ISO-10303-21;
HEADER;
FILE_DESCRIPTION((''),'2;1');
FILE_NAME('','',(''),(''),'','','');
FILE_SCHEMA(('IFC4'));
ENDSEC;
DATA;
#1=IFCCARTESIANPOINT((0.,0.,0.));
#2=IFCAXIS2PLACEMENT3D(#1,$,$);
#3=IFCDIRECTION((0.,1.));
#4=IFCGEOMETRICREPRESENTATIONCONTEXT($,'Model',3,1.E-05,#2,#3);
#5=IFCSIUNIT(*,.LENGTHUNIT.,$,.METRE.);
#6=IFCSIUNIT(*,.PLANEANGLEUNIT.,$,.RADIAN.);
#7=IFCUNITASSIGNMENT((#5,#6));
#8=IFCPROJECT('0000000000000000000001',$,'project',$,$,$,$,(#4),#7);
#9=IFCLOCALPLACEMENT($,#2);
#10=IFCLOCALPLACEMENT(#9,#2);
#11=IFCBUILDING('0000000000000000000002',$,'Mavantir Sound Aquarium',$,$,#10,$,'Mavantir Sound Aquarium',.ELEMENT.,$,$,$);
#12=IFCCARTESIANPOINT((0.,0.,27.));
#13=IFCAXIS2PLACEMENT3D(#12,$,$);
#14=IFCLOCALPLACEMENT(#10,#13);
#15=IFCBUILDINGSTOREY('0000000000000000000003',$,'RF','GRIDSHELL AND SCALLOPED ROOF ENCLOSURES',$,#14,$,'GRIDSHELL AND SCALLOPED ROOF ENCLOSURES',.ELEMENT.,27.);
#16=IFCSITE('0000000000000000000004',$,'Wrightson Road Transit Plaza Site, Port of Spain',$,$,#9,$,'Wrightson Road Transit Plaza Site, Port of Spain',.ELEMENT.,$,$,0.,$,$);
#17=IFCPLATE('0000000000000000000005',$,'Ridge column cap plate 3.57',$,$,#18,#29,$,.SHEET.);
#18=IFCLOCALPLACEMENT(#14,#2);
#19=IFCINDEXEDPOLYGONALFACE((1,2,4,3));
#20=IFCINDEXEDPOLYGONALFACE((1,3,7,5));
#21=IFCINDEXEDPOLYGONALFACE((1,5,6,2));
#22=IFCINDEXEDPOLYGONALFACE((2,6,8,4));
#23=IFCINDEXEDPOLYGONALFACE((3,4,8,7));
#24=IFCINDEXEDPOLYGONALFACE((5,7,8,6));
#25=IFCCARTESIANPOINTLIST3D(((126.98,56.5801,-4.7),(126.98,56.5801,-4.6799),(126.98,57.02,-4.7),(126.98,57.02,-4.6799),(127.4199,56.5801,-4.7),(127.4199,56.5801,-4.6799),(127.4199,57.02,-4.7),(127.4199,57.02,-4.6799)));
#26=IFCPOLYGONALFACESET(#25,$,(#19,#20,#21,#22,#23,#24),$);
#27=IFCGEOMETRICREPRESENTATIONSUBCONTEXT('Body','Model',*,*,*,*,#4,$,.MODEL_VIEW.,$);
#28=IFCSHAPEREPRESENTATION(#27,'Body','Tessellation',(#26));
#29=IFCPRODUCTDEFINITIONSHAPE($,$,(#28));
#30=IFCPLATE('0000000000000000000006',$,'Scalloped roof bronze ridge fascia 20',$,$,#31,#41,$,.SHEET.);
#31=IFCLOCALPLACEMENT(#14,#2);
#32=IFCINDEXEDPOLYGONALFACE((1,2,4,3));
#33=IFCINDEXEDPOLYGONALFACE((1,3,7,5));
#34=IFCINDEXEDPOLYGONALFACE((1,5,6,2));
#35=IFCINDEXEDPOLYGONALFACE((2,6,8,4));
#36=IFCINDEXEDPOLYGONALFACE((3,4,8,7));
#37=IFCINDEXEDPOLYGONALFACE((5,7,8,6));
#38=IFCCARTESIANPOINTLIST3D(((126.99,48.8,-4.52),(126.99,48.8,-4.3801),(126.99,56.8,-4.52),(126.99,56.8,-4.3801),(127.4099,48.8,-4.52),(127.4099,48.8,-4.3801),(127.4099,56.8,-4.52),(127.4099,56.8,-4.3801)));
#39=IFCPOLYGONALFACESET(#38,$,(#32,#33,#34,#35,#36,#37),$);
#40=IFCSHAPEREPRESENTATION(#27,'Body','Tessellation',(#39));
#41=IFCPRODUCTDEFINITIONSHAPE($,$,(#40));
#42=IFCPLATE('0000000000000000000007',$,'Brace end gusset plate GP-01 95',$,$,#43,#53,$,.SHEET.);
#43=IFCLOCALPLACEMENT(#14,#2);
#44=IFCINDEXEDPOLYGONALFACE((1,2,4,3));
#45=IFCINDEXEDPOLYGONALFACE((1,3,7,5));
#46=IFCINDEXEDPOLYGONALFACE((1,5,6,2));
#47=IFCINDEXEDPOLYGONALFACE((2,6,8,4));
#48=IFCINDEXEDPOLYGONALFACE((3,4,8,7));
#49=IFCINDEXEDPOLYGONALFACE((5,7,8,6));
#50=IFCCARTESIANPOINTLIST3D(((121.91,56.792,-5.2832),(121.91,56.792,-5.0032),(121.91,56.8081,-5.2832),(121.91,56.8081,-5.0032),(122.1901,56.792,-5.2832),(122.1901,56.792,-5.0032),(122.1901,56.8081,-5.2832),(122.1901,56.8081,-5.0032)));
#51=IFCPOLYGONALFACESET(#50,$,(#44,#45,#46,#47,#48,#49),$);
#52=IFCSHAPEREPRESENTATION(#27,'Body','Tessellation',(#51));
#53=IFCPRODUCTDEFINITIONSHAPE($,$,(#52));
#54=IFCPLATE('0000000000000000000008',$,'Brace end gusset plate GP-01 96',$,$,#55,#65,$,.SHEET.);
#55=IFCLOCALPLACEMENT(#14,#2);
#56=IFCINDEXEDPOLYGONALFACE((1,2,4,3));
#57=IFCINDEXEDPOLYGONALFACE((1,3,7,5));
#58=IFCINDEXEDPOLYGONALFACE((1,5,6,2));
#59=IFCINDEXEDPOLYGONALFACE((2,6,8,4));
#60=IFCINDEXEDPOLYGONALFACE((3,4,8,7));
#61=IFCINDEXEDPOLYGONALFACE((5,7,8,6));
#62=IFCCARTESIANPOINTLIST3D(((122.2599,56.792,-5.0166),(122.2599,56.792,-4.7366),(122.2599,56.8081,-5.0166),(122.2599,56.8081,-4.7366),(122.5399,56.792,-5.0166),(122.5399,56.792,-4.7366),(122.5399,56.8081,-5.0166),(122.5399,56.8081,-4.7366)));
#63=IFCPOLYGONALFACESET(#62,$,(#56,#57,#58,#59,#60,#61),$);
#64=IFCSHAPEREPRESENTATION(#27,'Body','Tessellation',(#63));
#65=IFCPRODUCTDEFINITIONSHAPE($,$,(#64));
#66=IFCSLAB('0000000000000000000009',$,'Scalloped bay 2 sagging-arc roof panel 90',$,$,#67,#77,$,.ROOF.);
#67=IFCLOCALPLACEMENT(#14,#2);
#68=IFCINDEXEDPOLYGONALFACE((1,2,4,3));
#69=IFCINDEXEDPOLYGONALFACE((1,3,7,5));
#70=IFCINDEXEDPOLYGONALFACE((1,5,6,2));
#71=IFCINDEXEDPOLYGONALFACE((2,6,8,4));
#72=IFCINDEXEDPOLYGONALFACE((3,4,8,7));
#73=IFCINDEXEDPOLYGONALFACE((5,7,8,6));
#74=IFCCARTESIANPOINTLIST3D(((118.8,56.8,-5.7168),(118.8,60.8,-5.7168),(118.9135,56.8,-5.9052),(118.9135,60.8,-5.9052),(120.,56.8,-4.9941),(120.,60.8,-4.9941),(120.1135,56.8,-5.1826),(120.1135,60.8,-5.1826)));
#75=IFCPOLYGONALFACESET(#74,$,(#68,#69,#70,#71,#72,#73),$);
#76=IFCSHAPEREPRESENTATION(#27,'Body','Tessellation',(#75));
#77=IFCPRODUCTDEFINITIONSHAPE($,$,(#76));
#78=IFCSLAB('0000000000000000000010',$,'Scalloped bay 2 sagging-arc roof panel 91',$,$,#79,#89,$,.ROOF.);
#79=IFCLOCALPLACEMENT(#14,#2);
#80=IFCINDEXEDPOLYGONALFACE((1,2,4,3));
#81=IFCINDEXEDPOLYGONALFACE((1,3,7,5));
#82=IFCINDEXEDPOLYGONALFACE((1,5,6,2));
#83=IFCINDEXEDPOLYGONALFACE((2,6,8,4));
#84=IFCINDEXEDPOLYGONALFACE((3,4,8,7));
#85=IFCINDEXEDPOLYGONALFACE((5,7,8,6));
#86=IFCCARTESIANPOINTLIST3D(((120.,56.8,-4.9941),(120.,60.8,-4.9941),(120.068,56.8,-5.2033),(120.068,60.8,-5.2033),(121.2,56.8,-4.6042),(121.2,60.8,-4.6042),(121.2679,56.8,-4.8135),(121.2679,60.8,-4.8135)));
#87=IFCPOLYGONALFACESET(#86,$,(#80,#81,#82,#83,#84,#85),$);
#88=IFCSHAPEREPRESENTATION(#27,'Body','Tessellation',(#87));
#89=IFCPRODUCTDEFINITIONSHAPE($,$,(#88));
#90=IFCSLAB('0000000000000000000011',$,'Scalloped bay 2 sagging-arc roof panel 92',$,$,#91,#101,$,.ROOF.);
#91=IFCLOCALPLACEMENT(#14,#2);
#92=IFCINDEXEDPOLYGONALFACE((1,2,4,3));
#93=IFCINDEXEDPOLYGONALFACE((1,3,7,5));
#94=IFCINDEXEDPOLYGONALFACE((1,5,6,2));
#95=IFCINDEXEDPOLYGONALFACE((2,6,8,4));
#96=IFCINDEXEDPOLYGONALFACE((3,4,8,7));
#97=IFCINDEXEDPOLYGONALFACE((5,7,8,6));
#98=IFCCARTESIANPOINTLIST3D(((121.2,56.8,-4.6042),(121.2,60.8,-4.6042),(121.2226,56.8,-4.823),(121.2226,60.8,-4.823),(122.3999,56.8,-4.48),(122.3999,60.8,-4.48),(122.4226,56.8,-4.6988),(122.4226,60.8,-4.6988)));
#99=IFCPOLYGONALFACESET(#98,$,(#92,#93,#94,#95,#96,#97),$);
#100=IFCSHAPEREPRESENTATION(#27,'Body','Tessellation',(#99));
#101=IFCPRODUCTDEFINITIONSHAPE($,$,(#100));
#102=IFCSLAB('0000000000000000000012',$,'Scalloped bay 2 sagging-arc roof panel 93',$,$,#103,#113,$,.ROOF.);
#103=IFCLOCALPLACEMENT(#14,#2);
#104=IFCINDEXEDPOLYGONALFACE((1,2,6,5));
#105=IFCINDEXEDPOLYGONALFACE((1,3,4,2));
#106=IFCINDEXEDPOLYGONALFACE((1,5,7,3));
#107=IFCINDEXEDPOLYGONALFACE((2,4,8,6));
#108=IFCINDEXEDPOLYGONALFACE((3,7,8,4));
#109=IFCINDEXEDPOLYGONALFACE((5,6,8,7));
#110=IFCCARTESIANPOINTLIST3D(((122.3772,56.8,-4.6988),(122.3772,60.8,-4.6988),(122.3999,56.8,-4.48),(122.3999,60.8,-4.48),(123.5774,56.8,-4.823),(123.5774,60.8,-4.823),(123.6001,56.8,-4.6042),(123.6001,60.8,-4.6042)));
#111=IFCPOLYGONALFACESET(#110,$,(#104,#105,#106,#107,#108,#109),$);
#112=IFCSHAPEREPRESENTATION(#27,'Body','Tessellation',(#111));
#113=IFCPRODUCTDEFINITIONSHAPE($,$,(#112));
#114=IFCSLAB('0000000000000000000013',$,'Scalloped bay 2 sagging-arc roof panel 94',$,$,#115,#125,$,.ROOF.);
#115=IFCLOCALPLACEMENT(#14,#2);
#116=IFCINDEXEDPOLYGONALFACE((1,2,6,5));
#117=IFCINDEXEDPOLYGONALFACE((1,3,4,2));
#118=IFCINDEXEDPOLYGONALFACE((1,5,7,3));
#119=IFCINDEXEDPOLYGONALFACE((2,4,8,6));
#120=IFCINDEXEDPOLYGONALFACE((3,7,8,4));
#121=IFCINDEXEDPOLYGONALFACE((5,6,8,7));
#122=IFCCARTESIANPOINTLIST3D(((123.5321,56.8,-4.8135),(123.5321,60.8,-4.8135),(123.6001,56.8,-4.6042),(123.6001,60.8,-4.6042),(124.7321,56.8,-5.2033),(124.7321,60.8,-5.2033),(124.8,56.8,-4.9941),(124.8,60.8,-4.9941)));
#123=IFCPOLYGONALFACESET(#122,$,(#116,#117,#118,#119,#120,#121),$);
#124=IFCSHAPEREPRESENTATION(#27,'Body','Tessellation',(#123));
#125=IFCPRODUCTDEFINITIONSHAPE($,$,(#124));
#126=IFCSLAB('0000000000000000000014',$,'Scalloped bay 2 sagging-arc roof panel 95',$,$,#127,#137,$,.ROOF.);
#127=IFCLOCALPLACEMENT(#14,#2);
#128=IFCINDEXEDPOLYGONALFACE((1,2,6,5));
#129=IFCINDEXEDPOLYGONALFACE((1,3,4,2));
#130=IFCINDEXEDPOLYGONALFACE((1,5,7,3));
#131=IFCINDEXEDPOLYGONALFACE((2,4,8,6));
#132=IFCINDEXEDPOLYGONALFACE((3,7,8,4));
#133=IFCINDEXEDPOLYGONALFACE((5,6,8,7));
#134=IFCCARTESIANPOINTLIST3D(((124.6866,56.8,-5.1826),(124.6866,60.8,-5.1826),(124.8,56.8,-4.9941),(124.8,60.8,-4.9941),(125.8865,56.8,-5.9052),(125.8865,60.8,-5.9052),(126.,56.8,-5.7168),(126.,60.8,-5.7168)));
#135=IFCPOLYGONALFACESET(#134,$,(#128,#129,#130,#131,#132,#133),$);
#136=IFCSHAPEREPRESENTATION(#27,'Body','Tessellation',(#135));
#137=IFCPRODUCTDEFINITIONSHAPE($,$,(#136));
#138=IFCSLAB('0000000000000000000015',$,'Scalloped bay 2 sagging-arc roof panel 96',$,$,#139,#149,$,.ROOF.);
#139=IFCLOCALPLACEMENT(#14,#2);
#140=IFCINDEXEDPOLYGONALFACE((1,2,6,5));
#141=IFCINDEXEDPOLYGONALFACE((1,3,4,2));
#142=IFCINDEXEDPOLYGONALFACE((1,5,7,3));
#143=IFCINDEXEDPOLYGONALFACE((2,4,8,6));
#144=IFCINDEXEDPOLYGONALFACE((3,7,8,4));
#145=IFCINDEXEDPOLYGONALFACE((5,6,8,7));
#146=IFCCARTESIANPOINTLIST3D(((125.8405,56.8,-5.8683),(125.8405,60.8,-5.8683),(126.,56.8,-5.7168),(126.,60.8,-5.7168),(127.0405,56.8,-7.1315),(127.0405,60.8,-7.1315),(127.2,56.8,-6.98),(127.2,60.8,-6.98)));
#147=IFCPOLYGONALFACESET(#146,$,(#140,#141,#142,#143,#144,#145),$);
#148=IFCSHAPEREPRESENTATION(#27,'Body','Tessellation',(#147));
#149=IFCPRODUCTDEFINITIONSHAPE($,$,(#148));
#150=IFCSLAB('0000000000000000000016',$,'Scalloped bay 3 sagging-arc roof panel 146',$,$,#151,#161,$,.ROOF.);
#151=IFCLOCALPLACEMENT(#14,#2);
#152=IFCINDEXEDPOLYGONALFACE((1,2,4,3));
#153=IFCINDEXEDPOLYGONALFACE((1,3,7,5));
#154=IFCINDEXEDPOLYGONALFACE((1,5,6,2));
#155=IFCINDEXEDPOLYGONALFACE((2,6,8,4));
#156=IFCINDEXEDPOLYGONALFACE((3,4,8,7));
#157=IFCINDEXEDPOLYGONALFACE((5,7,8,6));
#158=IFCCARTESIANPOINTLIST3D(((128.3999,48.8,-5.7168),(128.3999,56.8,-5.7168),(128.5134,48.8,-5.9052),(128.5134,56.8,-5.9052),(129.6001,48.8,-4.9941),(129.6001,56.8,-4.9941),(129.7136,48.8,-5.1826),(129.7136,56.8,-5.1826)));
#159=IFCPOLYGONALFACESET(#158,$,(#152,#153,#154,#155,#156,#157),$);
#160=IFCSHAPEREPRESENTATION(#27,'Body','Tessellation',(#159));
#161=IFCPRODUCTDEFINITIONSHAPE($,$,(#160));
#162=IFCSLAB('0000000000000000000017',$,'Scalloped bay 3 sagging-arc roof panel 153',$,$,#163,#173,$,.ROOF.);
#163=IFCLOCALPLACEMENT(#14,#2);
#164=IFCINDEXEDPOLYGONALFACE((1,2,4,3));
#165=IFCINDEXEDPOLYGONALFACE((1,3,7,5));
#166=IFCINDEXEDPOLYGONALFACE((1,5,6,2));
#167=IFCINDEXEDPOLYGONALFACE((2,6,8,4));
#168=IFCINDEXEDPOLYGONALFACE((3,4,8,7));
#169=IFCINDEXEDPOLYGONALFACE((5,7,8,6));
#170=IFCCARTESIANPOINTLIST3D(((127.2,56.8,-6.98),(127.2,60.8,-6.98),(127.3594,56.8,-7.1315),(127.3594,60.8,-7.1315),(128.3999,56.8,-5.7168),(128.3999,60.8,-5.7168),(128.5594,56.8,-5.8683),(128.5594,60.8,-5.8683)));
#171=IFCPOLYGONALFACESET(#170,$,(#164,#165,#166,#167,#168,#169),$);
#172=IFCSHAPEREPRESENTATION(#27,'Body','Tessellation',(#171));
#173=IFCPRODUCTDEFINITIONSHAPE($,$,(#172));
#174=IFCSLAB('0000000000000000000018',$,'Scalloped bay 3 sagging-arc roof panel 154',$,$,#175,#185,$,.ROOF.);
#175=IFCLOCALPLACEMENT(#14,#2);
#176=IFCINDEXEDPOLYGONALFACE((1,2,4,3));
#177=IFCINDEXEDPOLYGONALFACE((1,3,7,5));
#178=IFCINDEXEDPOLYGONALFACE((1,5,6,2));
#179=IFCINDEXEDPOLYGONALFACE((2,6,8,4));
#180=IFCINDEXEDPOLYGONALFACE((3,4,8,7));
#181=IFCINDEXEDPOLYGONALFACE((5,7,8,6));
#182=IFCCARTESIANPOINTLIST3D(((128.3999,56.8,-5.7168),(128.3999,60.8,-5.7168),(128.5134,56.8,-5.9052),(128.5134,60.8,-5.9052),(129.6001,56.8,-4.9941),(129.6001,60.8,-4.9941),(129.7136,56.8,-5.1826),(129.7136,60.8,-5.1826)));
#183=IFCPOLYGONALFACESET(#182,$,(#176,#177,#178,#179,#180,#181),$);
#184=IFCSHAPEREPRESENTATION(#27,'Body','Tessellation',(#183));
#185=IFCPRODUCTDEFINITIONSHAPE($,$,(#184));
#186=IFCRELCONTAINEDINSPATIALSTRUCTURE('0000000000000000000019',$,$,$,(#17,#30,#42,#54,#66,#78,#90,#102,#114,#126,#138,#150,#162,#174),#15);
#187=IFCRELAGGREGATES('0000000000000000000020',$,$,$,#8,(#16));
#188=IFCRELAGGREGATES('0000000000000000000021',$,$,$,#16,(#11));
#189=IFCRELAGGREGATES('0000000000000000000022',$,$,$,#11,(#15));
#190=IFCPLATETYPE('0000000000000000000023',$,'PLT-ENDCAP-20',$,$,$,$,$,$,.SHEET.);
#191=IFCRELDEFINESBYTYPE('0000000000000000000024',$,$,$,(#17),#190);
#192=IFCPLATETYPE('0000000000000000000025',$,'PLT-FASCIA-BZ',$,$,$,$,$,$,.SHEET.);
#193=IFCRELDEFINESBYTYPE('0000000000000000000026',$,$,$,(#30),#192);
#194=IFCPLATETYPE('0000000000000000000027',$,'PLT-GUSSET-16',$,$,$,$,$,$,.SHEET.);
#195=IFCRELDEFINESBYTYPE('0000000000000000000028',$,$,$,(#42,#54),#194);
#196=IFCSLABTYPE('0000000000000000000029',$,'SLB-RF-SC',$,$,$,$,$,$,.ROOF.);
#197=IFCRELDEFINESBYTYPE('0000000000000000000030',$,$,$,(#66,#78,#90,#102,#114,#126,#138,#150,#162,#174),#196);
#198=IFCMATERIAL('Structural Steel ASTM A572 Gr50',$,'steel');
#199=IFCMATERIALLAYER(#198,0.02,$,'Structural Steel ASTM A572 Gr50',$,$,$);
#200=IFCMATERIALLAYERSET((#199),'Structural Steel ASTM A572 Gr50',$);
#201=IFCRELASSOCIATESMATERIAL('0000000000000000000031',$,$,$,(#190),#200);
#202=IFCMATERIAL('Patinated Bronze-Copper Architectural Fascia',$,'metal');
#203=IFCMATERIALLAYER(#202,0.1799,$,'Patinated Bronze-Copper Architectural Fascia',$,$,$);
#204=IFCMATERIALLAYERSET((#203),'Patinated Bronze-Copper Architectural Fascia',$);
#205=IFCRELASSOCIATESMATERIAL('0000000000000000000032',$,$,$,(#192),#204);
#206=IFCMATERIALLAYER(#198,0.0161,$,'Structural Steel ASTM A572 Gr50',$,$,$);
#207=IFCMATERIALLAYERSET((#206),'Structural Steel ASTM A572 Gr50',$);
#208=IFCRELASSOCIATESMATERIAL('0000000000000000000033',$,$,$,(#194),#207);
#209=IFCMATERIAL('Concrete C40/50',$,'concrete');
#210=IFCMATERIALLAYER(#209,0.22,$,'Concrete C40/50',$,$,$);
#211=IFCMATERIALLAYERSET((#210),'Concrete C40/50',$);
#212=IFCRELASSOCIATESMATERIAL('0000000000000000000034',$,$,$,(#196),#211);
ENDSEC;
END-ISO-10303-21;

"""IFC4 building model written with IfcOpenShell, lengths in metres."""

from ifc_helpers import new_model, si_unit, direction, frame, origin, origin_2d, place, context, subcontext, project, spatial, polyline, rectangle, outline, extrude, material, layer, layer_set, type_object, element, save


model = new_model("IFC4")

# Units and contexts
model_context = context("Model", 3, precision=1e-05, world=origin(), true_north=direction((0.0, 1.0)))
body_context = subcontext(model_context, "Body", "Model", "MODEL_VIEW")
ifc_project = project(units=[si_unit("LENGTHUNIT", "METRE"), si_unit("PLANEANGLEUNIT", "RADIAN")], contexts=[model_context])

# Site, building, storey
site_placement = place(None, origin())
site = spatial("IfcSite", under=ifc_project, at=site_placement, Name="Wrightson Road Transit Plaza Site, Port of Spain", LongName="Wrightson Road Transit Plaza Site, Port of Spain", CompositionType="ELEMENT", RefElevation=0.0)
building_placement = place(site_placement, origin())
building = spatial("IfcBuilding", under=site, at=building_placement, Name="Mavantir Sound Aquarium", LongName="Mavantir Sound Aquarium", CompositionType="ELEMENT")
storey_placement = place(building_placement, frame((0.0, 0.0, 27.0)))
storey = spatial("IfcBuildingStorey", under=building, at=storey_placement, Name="RF", Description="GRIDSHELL AND SCALLOPED ROOF ENCLOSURES", LongName="GRIDSHELL AND SCALLOPED ROOF ENCLOSURES", CompositionType="ELEMENT", Elevation=27.0)

# Shared definitions
ifc_material_1 = material(Name="Concrete C40/50", Category="concrete")

# Plates
ifc_material_2 = material(Name="Structural Steel ASTM A572 Gr50", Category="steel")
ifc_layer_1 = layer(ifc_material_2, 0.02, Name="Structural Steel ASTM A572 Gr50")
ifc_layer_set_1 = layer_set([ifc_layer_1], Name="Structural Steel ASTM A572 Gr50")
plate_type_1 = type_object("IfcPlateType", Name="PLT-ENDCAP-20", PredefinedType="SHEET", material=ifc_layer_set_1)
plate_1_placement = place(storey_placement, frame((127.2, 56.8, -4.7), z_axis=(0.0, 0.0, 1.0), x_axis=(1.0, 0.0, 0.0)))
element("IfcPlate", 1, at=plate_1_placement, inside=storey, type_object=plate_type_1, Name="Ridge column cap plate 3.57", PredefinedType="SHEET", context=body_context, shape_type="SweptSolid", body=[
    extrude(rectangle(XDim=0.4399, YDim=0.4399, at=origin_2d()), origin(), (0.0, 0.0, 1.0), 0.02),
])
ifc_material_3 = material(Name="Patinated Bronze-Copper Architectural Fascia", Category="metal")
ifc_layer_2 = layer(ifc_material_3, 0.1799, Name="Patinated Bronze-Copper Architectural Fascia")
ifc_layer_set_2 = layer_set([ifc_layer_2], Name="Patinated Bronze-Copper Architectural Fascia")
plate_type_2 = type_object("IfcPlateType", Name="PLT-FASCIA-BZ", PredefinedType="SHEET", material=ifc_layer_set_2)
plate_2_placement = place(storey_placement, frame((127.2, 52.8, -4.52), z_axis=(0.0, 0.0, 1.0), x_axis=(1.0, 0.0, 0.0)))
element("IfcPlate", 2, at=plate_2_placement, inside=storey, type_object=plate_type_2, Name="Scalloped roof bronze ridge fascia 20", PredefinedType="SHEET", context=body_context, shape_type="SweptSolid", body=[
    extrude(rectangle(XDim=0.4199, YDim=8.0, at=origin_2d()), origin(), (0.0, 0.0, 1.0), 0.1399),
])
ifc_layer_3 = layer(ifc_material_2, 0.0161, Name="Structural Steel ASTM A572 Gr50")
ifc_layer_set_3 = layer_set([ifc_layer_3], Name="Structural Steel ASTM A572 Gr50")
plate_type_3 = type_object("IfcPlateType", Name="PLT-GUSSET-16", PredefinedType="SHEET", material=ifc_layer_set_3)
for number, where, z_axis, x_axis, name in (
    (3, (122.05, 56.8, -5.2832), (0.0, 0.0, 1.0), (1.0, 0.0, 0.0), "Brace end gusset plate GP-01 95"),
    (4, (122.3999, 56.8, -5.0166), (0.0, 0.0, 1.0), (1.0, 0.0, 0.0), "Brace end gusset plate GP-01 96"),
):
    element("IfcPlate", number, at=place(storey_placement, frame(where, z_axis=z_axis, x_axis=x_axis)), inside=storey, type_object=plate_type_3, Name=name, PredefinedType="SHEET", context=body_context, shape_type="SweptSolid", body=[
        extrude(rectangle(XDim=0.28, YDim=0.0161, at=origin_2d()), origin(), (0.0, 0.0, 1.0), 0.28),
    ])

# Slabs
ifc_layer_4 = layer(ifc_material_1, 0.22, Name="Concrete C40/50")
ifc_layer_set_4 = layer_set([ifc_layer_4], Name="Concrete C40/50")
slab_type = type_object("IfcSlabType", Name="SLB-RF-SC", PredefinedType="ROOF", material=ifc_layer_set_4)
slab_1_placement = place(storey_placement, frame((118.8, 56.8, -5.7168), z_axis=(-0.515905, 0.0, 0.856646), x_axis=(0.856646, 0.0, 0.515905)))
element("IfcSlab", 5, at=slab_1_placement, inside=storey, type_object=slab_type, Name="Scalloped bay 2 sagging-arc roof panel 90", PredefinedType="ROOF", context=body_context, shape_type="SweptSolid", body=[
    extrude(outline(polyline([(0.0, 0.0), (1.4008, 0.0), (1.4008, 4.0), (0.0, 4.0), (0.0, 0.0)])), origin(), (0.0, 0.0, -1.0), 0.22),
])
slab_2_placement = place(storey_placement, frame((120.0, 56.8, -4.9941), z_axis=(-0.30902, 0.0, 0.951055), x_axis=(0.951055, 0.0, 0.30902)))
element("IfcSlab", 6, at=slab_2_placement, inside=storey, type_object=slab_type, Name="Scalloped bay 2 sagging-arc roof panel 91", PredefinedType="ROOF", context=body_context, shape_type="SweptSolid", body=[
    extrude(outline(polyline([(0.0, 0.0), (1.2617, 0.0), (1.2617, 4.0), (0.0, 4.0), (0.0, 0.0)])), origin(), (0.0, 0.0, -1.0), 0.22),
])
slab_3_placement = place(storey_placement, frame((121.2, 56.8, -4.6042), z_axis=(-0.10301, 0.0, 0.99468), x_axis=(0.99468, 0.0, 0.10301)))
element("IfcSlab", 7, at=slab_3_placement, inside=storey, type_object=slab_type, Name="Scalloped bay 2 sagging-arc roof panel 92", PredefinedType="ROOF", context=body_context, shape_type="SweptSolid", body=[
    extrude(outline(polyline([(0.0, 0.0), (1.2064, 0.0), (1.2064, 4.0), (0.0, 4.0), (0.0, 0.0)])), origin(), (0.0, 0.0, -1.0), 0.22),
])
slab_4_placement = place(storey_placement, frame((122.3999, 56.8, -4.48), z_axis=(0.102989, 0.0, 0.994683), x_axis=(0.994683, 0.0, -0.102989)))
element("IfcSlab", 8, at=slab_4_placement, inside=storey, type_object=slab_type, Name="Scalloped bay 2 sagging-arc roof panel 93", PredefinedType="ROOF", context=body_context, shape_type="SweptSolid", body=[
    extrude(outline(polyline([(0.0, 0.0), (1.2066, 0.0), (1.2066, 4.0), (0.0, 4.0), (0.0, 0.0)])), origin(), (0.0, 0.0, -1.0), 0.22),
])
slab_5_placement = place(storey_placement, frame((123.6001, 56.8, -4.6042), z_axis=(0.30902, 0.0, 0.951055), x_axis=(0.951055, 0.0, -0.30902)))
element("IfcSlab", 9, at=slab_5_placement, inside=storey, type_object=slab_type, Name="Scalloped bay 2 sagging-arc roof panel 94", PredefinedType="ROOF", context=body_context, shape_type="SweptSolid", body=[
    extrude(outline(polyline([(0.0, 0.0), (1.2617, 0.0), (1.2617, 4.0), (0.0, 4.0), (0.0, 0.0)])), origin(), (0.0, 0.0, -1.0), 0.22),
])
slab_6_placement = place(storey_placement, frame((124.8, 56.8, -4.9941), z_axis=(0.515905, 0.0, 0.856646), x_axis=(0.856646, 0.0, -0.515905)))
element("IfcSlab", 10, at=slab_6_placement, inside=storey, type_object=slab_type, Name="Scalloped bay 2 sagging-arc roof panel 95", PredefinedType="ROOF", context=body_context, shape_type="SweptSolid", body=[
    extrude(outline(polyline([(0.0, 0.0), (1.4008, 0.0), (1.4008, 4.0), (0.0, 4.0), (0.0, 0.0)])), origin(), (0.0, 0.0, -1.0), 0.22),
])
slab_7_placement = place(storey_placement, frame((126.0, 56.8, -5.7168), z_axis=(0.72502, 0.0, 0.688727), x_axis=(0.688727, 0.0, -0.72502)))
element("IfcSlab", 11, at=slab_7_placement, inside=storey, type_object=slab_type, Name="Scalloped bay 2 sagging-arc roof panel 96", PredefinedType="ROOF", context=body_context, shape_type="SweptSolid", body=[
    extrude(outline(polyline([(0.0, 0.0), (1.7423, 0.0), (1.7423, 4.0), (0.0, 4.0), (0.0, 0.0)])), origin(), (0.0, 0.0, -1.0), 0.22),
])
slab_8_placement = place(storey_placement, frame((128.3999, 48.8, -5.7168), z_axis=(-0.515828, 0.0, 0.856692), x_axis=(0.856692, 0.0, 0.515828)))
element("IfcSlab", 12, at=slab_8_placement, inside=storey, type_object=slab_type, Name="Scalloped bay 3 sagging-arc roof panel 146", PredefinedType="ROOF", context=body_context, shape_type="SweptSolid", body=[
    extrude(outline(polyline([(0.0, 0.0), (1.401, 0.0), (1.401, 8.0), (0.0, 8.0), (0.0, 0.0)])), origin(), (0.0, 0.0, -1.0), 0.22),
])
slab_9_placement = place(storey_placement, frame((127.2, 56.8, -6.98), z_axis=(-0.72502, 0.0, 0.688727), x_axis=(0.688727, 0.0, 0.72502)))
element("IfcSlab", 13, at=slab_9_placement, inside=storey, type_object=slab_type, Name="Scalloped bay 3 sagging-arc roof panel 153", PredefinedType="ROOF", context=body_context, shape_type="SweptSolid", body=[
    extrude(outline(polyline([(0.0, 0.0), (1.7423, 0.0), (1.7423, 4.0), (0.0, 4.0), (0.0, 0.0)])), origin(), (0.0, 0.0, -1.0), 0.22),
])
slab_10_placement = place(storey_placement, frame((128.3999, 56.8, -5.7168), z_axis=(-0.515828, 0.0, 0.856692), x_axis=(0.856692, 0.0, 0.515828)))
element("IfcSlab", 14, at=slab_10_placement, inside=storey, type_object=slab_type, Name="Scalloped bay 3 sagging-arc roof panel 154", PredefinedType="ROOF", context=body_context, shape_type="SweptSolid", body=[
    extrude(outline(polyline([(0.0, 0.0), (1.401, 0.0), (1.401, 4.0), (0.0, 4.0), (0.0, 0.0)])), origin(), (0.0, 0.0, -1.0), 0.22),
])

save(model, "model.ifc")
